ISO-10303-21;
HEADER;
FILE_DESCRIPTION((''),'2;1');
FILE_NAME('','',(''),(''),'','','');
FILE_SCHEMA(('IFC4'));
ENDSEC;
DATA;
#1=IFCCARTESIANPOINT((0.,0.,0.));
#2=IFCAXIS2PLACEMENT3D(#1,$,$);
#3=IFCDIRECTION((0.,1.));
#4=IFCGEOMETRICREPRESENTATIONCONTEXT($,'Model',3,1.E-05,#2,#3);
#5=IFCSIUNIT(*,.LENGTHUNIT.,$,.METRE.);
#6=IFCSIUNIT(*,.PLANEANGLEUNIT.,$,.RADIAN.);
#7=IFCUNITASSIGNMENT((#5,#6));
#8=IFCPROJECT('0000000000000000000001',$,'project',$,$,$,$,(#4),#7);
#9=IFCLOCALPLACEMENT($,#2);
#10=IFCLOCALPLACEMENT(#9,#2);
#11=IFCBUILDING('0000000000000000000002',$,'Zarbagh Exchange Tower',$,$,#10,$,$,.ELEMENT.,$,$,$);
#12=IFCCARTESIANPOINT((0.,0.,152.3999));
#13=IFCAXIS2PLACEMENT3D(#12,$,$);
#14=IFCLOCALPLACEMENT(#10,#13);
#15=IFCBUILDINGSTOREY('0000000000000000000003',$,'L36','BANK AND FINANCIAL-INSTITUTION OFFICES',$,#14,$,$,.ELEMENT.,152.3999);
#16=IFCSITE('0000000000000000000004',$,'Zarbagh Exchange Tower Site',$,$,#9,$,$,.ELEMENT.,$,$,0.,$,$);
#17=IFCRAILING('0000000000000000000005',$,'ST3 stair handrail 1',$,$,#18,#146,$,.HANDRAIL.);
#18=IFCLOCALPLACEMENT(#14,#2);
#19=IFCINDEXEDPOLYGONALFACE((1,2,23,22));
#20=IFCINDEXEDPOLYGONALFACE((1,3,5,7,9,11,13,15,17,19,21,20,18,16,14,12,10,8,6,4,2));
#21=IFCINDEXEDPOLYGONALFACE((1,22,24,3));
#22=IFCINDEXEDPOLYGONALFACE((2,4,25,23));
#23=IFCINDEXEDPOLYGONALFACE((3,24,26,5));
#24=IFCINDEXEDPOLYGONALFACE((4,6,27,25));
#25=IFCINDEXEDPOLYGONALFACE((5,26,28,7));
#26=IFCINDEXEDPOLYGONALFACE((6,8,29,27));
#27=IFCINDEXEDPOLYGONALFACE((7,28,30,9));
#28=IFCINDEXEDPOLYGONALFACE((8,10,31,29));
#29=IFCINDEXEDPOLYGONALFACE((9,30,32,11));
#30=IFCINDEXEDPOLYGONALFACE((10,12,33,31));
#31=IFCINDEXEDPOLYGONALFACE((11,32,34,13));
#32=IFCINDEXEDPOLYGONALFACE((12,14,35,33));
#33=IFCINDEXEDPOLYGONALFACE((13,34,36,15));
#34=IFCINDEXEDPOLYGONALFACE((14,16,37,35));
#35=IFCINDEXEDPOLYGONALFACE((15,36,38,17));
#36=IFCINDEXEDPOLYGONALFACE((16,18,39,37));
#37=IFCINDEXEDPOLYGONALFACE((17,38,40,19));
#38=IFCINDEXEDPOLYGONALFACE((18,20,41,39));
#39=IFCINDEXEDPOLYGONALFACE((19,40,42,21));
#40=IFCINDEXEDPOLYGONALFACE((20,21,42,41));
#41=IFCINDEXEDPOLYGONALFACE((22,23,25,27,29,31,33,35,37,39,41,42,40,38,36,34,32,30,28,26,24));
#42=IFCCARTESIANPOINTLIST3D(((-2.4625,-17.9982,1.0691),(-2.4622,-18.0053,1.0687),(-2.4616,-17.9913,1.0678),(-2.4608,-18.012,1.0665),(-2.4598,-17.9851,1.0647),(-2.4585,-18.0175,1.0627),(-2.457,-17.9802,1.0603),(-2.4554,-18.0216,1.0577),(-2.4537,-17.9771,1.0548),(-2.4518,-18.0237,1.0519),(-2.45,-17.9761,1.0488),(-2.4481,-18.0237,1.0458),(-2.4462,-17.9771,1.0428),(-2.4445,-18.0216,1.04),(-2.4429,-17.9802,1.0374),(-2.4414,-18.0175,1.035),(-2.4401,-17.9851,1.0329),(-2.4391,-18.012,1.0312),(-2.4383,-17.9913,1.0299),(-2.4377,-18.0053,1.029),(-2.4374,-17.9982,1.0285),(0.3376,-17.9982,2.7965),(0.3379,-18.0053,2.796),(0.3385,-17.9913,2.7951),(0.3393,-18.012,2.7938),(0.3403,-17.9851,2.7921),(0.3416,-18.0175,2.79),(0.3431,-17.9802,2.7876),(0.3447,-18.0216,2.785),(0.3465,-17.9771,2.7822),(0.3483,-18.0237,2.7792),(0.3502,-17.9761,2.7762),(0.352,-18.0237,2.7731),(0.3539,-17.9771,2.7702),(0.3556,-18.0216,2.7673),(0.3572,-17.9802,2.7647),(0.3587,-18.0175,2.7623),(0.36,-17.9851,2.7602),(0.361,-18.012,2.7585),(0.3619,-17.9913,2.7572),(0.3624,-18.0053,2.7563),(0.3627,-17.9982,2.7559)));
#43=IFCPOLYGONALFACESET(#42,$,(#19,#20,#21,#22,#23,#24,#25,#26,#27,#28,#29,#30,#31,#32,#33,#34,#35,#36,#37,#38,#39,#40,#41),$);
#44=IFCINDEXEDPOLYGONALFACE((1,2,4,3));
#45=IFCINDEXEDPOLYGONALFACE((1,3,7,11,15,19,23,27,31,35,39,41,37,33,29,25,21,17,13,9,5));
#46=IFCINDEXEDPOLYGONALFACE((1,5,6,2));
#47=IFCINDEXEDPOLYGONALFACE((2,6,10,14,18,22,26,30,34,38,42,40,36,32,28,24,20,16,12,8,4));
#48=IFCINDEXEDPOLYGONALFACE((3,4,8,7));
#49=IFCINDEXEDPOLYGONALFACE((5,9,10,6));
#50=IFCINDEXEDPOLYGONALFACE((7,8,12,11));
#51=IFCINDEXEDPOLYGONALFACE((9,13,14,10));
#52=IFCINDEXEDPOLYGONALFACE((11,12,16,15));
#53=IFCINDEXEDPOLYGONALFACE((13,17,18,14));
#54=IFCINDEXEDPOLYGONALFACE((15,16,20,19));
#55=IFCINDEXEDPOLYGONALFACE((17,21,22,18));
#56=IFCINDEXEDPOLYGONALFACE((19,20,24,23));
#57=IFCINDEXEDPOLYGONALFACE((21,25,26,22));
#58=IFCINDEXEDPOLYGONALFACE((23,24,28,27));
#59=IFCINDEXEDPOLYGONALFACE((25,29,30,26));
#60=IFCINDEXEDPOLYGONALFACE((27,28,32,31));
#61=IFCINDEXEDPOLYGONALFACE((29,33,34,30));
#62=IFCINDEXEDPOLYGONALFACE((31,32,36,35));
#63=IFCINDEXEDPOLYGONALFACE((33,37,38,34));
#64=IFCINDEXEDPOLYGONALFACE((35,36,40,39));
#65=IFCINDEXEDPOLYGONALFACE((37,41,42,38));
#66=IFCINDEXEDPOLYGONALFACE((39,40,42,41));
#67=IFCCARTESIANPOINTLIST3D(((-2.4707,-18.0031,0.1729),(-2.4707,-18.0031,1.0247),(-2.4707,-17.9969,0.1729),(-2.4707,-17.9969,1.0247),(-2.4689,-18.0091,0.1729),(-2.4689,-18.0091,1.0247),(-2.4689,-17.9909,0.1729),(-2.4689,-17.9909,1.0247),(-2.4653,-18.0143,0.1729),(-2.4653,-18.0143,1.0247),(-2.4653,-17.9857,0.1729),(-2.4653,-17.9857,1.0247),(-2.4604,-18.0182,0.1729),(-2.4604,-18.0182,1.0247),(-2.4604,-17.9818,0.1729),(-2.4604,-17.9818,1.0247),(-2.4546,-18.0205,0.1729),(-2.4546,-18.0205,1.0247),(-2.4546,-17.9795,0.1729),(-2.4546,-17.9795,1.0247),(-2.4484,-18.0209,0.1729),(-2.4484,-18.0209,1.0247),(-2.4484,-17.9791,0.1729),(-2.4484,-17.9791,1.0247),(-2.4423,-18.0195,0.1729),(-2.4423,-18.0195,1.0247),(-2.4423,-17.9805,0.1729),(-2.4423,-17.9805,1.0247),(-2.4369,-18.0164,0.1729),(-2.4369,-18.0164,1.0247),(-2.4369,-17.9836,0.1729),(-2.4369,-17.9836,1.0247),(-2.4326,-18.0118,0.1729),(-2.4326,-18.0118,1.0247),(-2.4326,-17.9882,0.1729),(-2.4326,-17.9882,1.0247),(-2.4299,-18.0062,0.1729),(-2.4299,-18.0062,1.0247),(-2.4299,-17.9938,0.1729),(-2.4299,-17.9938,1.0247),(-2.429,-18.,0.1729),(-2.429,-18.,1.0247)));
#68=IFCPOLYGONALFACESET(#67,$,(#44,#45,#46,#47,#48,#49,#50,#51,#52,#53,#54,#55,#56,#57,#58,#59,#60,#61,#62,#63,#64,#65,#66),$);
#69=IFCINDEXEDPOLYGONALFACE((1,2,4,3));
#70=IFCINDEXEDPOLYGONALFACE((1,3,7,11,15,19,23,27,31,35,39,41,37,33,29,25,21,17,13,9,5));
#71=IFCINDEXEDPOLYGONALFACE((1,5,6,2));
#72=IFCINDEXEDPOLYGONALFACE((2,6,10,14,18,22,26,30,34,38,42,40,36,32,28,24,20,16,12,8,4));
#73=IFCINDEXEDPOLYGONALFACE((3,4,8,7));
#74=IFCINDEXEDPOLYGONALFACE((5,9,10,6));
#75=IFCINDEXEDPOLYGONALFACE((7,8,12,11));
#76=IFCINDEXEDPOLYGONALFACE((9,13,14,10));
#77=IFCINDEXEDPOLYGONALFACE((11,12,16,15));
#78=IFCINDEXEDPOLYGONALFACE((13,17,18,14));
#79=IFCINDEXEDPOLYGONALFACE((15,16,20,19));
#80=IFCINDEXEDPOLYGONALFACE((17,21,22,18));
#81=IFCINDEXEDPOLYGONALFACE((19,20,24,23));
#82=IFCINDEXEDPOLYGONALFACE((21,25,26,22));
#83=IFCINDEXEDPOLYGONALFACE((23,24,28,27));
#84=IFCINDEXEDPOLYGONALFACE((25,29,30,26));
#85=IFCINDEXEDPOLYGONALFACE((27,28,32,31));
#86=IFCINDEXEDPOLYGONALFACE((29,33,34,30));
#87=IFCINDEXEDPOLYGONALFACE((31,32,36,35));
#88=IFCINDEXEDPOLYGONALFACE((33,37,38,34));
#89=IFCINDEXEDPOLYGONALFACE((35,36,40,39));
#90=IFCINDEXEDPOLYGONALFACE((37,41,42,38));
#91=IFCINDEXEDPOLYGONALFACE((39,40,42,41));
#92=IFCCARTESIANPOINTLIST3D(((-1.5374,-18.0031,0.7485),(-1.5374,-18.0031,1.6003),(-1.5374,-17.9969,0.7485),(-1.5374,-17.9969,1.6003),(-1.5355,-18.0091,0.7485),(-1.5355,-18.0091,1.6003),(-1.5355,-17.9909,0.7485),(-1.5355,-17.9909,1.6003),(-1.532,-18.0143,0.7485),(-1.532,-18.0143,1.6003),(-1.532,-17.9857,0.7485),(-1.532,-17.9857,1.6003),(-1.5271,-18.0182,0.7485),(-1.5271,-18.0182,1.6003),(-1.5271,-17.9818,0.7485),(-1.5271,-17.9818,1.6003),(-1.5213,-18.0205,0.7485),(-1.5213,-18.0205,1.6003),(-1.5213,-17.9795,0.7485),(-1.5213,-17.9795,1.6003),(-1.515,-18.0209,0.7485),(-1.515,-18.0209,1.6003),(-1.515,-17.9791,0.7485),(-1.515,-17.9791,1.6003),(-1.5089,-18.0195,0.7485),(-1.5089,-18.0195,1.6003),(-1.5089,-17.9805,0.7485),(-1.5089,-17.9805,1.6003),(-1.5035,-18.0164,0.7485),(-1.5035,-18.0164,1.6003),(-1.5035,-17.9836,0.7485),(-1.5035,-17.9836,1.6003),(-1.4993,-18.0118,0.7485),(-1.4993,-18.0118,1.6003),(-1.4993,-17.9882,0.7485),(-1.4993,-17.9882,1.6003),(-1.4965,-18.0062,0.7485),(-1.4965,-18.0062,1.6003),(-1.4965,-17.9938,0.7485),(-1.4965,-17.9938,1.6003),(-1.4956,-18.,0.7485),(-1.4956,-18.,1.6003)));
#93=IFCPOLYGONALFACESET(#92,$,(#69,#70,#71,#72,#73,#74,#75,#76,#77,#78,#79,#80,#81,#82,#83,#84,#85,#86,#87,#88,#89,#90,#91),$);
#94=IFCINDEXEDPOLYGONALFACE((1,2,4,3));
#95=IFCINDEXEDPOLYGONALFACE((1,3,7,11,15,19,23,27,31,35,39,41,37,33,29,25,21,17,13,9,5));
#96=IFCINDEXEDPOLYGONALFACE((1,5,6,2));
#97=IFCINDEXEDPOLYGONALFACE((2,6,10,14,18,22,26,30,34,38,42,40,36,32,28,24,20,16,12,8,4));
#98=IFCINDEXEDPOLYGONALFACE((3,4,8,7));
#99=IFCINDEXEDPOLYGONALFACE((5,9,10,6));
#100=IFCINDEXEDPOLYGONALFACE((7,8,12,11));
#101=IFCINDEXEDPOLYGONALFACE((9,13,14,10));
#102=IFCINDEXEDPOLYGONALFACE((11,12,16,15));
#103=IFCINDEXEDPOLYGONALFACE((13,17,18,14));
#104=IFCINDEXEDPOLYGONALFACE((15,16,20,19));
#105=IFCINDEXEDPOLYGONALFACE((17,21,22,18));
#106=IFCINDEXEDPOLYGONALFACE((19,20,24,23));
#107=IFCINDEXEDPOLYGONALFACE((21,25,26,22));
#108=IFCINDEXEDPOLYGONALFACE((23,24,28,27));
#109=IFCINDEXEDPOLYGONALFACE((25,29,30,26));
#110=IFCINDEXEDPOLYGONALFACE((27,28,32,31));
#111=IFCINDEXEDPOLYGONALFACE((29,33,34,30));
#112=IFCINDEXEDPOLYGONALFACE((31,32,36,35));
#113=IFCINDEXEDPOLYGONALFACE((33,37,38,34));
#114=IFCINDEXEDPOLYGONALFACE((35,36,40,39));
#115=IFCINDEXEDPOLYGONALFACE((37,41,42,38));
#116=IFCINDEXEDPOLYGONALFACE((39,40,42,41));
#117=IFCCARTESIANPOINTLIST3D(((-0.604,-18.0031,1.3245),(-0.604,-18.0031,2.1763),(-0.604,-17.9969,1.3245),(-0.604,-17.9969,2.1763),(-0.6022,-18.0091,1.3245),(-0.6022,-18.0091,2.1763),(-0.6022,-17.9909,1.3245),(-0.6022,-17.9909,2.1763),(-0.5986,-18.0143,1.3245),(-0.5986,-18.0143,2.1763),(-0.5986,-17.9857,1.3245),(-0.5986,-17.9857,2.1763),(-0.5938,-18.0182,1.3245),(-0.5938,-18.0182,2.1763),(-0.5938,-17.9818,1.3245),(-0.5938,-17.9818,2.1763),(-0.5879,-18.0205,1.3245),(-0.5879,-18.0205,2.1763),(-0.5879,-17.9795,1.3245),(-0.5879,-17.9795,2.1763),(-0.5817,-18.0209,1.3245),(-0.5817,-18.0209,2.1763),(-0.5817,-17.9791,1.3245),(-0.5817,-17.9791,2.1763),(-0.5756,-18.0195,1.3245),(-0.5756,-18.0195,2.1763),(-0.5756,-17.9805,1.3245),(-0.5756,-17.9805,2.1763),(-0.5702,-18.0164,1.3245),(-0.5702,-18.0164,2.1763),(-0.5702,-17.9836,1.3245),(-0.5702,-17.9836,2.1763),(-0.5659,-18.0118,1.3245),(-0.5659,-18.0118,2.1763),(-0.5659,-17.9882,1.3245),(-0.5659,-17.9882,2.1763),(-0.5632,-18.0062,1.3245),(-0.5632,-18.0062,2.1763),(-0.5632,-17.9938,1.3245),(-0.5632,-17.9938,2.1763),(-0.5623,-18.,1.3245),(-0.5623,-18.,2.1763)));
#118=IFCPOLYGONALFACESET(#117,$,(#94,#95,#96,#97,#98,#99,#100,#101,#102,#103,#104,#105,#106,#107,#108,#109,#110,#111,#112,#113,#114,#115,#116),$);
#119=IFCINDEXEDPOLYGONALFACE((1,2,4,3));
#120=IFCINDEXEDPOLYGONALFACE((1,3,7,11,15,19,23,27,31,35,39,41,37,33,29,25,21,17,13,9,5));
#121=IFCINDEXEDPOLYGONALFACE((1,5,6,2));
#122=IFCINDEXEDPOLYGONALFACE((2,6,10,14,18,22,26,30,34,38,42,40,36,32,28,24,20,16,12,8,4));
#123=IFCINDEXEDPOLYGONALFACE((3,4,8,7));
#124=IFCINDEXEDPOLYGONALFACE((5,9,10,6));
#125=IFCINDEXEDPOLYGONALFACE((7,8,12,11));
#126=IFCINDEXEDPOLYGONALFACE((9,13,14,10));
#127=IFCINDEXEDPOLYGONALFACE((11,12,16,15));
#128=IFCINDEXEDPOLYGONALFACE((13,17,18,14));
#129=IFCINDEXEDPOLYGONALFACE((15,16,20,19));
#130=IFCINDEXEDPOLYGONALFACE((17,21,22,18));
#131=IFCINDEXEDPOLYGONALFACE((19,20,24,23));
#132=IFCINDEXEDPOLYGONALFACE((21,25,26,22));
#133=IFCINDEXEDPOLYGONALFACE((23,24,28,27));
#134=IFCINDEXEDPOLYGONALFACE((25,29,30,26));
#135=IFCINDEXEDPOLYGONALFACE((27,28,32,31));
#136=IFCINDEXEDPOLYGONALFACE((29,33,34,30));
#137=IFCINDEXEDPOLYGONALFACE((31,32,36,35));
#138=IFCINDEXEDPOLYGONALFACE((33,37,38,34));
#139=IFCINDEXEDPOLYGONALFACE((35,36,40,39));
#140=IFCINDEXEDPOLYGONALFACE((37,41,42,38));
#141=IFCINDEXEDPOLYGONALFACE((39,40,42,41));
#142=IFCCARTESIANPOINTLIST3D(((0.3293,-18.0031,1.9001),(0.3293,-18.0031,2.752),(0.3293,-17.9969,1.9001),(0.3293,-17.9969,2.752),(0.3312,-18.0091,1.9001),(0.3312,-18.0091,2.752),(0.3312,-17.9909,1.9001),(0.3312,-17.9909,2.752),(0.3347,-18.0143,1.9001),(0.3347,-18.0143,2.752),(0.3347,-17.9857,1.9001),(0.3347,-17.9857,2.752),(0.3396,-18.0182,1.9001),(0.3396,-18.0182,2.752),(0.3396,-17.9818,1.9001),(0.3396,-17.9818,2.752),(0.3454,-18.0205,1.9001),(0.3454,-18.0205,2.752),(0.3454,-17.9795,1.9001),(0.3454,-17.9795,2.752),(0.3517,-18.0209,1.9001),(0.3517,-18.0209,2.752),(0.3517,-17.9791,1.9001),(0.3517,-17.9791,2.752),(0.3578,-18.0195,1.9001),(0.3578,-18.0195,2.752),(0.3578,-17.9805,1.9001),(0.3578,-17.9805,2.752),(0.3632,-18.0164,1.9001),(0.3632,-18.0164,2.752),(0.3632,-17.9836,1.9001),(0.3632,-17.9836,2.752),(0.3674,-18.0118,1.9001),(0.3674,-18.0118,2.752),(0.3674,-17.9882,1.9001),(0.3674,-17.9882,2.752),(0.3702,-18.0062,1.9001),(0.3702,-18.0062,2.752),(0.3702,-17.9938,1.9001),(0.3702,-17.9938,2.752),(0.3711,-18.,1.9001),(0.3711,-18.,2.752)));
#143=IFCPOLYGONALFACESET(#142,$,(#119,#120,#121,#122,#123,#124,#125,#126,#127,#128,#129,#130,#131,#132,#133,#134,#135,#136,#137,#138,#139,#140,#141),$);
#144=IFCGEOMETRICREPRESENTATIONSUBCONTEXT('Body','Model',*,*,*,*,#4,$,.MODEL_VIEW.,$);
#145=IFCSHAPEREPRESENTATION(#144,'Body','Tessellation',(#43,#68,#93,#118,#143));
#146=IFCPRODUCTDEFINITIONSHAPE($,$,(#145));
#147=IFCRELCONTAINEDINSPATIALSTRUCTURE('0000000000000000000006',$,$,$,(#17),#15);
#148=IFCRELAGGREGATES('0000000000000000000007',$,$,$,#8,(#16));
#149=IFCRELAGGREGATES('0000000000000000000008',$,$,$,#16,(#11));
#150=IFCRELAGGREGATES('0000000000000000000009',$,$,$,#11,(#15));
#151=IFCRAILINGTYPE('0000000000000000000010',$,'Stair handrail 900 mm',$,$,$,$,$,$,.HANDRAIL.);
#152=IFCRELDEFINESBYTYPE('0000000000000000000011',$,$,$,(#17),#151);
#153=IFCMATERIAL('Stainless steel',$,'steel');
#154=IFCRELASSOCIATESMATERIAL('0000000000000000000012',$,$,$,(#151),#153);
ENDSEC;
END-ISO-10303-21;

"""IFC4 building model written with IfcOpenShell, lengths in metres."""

from ifc_helpers import new_model, si_unit, direction, frame, origin, origin_2d, place, context, subcontext, project, spatial, circle, extrude, material, type_object, element, save


model = new_model("IFC4")

# Units and contexts
model_context = context("Model", 3, precision=1e-05, world=origin(), true_north=direction((0.0, 1.0)))
body_context = subcontext(model_context, "Body", "Model", "MODEL_VIEW")
ifc_project = project(units=[si_unit("LENGTHUNIT", "METRE"), si_unit("PLANEANGLEUNIT", "RADIAN")], contexts=[model_context])

# Site, building, storey
site_placement = place(None, origin())
site = spatial("IfcSite", under=ifc_project, at=site_placement, Name="Zarbagh Exchange Tower Site", CompositionType="ELEMENT", RefElevation=0.0)
building_placement = place(site_placement, origin())
building = spatial("IfcBuilding", under=site, at=building_placement, Name="Zarbagh Exchange Tower", CompositionType="ELEMENT")
storey_placement = place(building_placement, frame((0.0, 0.0, 152.3999)))
storey = spatial("IfcBuildingStorey", under=building, at=storey_placement, Name="L36", Description="BANK AND FINANCIAL-INSTITUTION OFFICES", CompositionType="ELEMENT", Elevation=152.3999)

# Shared definitions
ifc_material_1 = material(Name="Stainless steel", Category="steel")

# Railing
railing_type_1 = type_object("IfcRailingType", Name="Stair handrail 900 mm", PredefinedType="HANDRAIL", material=ifc_material_1)
for number, where, name in (
    (1, (-2.45, -18.0, 0.1729), "ST3 stair handrail 1"),
):
    element("IfcRailing", number, at=place(storey_placement, frame(where)), inside=storey, type_object=railing_type_1, Name=name, PredefinedType="HANDRAIL", context=body_context, shape_type="SweptSolid", body=[
        extrude(circle(Radius=0.0239, at=origin_2d()), frame((0.0, 0.0, 0.876), z_axis=(0.85109, 0.0, 0.52502), x_axis=(0.0, 1.0, 0.0)), (0.0, 0.0, 1.0), 3.29),
        extrude(circle(Radius=0.021, at=origin_2d()), origin(), (0.0, 0.0, 1.0), 0.8518),
        extrude(circle(Radius=0.021, at=origin_2d()), frame((0.9333, 0.0, 0.5757)), (0.0, 0.0, 1.0), 0.8518),
        extrude(circle(Radius=0.021, at=origin_2d()), frame((1.8667, 0.0, 1.1516)), (0.0, 0.0, 1.0), 0.8518),
        extrude(circle(Radius=0.021, at=origin_2d()), frame((2.8, 0.0, 1.7273)), (0.0, 0.0, 1.0), 0.8518),
    ])

save(model, "model.ifc")
